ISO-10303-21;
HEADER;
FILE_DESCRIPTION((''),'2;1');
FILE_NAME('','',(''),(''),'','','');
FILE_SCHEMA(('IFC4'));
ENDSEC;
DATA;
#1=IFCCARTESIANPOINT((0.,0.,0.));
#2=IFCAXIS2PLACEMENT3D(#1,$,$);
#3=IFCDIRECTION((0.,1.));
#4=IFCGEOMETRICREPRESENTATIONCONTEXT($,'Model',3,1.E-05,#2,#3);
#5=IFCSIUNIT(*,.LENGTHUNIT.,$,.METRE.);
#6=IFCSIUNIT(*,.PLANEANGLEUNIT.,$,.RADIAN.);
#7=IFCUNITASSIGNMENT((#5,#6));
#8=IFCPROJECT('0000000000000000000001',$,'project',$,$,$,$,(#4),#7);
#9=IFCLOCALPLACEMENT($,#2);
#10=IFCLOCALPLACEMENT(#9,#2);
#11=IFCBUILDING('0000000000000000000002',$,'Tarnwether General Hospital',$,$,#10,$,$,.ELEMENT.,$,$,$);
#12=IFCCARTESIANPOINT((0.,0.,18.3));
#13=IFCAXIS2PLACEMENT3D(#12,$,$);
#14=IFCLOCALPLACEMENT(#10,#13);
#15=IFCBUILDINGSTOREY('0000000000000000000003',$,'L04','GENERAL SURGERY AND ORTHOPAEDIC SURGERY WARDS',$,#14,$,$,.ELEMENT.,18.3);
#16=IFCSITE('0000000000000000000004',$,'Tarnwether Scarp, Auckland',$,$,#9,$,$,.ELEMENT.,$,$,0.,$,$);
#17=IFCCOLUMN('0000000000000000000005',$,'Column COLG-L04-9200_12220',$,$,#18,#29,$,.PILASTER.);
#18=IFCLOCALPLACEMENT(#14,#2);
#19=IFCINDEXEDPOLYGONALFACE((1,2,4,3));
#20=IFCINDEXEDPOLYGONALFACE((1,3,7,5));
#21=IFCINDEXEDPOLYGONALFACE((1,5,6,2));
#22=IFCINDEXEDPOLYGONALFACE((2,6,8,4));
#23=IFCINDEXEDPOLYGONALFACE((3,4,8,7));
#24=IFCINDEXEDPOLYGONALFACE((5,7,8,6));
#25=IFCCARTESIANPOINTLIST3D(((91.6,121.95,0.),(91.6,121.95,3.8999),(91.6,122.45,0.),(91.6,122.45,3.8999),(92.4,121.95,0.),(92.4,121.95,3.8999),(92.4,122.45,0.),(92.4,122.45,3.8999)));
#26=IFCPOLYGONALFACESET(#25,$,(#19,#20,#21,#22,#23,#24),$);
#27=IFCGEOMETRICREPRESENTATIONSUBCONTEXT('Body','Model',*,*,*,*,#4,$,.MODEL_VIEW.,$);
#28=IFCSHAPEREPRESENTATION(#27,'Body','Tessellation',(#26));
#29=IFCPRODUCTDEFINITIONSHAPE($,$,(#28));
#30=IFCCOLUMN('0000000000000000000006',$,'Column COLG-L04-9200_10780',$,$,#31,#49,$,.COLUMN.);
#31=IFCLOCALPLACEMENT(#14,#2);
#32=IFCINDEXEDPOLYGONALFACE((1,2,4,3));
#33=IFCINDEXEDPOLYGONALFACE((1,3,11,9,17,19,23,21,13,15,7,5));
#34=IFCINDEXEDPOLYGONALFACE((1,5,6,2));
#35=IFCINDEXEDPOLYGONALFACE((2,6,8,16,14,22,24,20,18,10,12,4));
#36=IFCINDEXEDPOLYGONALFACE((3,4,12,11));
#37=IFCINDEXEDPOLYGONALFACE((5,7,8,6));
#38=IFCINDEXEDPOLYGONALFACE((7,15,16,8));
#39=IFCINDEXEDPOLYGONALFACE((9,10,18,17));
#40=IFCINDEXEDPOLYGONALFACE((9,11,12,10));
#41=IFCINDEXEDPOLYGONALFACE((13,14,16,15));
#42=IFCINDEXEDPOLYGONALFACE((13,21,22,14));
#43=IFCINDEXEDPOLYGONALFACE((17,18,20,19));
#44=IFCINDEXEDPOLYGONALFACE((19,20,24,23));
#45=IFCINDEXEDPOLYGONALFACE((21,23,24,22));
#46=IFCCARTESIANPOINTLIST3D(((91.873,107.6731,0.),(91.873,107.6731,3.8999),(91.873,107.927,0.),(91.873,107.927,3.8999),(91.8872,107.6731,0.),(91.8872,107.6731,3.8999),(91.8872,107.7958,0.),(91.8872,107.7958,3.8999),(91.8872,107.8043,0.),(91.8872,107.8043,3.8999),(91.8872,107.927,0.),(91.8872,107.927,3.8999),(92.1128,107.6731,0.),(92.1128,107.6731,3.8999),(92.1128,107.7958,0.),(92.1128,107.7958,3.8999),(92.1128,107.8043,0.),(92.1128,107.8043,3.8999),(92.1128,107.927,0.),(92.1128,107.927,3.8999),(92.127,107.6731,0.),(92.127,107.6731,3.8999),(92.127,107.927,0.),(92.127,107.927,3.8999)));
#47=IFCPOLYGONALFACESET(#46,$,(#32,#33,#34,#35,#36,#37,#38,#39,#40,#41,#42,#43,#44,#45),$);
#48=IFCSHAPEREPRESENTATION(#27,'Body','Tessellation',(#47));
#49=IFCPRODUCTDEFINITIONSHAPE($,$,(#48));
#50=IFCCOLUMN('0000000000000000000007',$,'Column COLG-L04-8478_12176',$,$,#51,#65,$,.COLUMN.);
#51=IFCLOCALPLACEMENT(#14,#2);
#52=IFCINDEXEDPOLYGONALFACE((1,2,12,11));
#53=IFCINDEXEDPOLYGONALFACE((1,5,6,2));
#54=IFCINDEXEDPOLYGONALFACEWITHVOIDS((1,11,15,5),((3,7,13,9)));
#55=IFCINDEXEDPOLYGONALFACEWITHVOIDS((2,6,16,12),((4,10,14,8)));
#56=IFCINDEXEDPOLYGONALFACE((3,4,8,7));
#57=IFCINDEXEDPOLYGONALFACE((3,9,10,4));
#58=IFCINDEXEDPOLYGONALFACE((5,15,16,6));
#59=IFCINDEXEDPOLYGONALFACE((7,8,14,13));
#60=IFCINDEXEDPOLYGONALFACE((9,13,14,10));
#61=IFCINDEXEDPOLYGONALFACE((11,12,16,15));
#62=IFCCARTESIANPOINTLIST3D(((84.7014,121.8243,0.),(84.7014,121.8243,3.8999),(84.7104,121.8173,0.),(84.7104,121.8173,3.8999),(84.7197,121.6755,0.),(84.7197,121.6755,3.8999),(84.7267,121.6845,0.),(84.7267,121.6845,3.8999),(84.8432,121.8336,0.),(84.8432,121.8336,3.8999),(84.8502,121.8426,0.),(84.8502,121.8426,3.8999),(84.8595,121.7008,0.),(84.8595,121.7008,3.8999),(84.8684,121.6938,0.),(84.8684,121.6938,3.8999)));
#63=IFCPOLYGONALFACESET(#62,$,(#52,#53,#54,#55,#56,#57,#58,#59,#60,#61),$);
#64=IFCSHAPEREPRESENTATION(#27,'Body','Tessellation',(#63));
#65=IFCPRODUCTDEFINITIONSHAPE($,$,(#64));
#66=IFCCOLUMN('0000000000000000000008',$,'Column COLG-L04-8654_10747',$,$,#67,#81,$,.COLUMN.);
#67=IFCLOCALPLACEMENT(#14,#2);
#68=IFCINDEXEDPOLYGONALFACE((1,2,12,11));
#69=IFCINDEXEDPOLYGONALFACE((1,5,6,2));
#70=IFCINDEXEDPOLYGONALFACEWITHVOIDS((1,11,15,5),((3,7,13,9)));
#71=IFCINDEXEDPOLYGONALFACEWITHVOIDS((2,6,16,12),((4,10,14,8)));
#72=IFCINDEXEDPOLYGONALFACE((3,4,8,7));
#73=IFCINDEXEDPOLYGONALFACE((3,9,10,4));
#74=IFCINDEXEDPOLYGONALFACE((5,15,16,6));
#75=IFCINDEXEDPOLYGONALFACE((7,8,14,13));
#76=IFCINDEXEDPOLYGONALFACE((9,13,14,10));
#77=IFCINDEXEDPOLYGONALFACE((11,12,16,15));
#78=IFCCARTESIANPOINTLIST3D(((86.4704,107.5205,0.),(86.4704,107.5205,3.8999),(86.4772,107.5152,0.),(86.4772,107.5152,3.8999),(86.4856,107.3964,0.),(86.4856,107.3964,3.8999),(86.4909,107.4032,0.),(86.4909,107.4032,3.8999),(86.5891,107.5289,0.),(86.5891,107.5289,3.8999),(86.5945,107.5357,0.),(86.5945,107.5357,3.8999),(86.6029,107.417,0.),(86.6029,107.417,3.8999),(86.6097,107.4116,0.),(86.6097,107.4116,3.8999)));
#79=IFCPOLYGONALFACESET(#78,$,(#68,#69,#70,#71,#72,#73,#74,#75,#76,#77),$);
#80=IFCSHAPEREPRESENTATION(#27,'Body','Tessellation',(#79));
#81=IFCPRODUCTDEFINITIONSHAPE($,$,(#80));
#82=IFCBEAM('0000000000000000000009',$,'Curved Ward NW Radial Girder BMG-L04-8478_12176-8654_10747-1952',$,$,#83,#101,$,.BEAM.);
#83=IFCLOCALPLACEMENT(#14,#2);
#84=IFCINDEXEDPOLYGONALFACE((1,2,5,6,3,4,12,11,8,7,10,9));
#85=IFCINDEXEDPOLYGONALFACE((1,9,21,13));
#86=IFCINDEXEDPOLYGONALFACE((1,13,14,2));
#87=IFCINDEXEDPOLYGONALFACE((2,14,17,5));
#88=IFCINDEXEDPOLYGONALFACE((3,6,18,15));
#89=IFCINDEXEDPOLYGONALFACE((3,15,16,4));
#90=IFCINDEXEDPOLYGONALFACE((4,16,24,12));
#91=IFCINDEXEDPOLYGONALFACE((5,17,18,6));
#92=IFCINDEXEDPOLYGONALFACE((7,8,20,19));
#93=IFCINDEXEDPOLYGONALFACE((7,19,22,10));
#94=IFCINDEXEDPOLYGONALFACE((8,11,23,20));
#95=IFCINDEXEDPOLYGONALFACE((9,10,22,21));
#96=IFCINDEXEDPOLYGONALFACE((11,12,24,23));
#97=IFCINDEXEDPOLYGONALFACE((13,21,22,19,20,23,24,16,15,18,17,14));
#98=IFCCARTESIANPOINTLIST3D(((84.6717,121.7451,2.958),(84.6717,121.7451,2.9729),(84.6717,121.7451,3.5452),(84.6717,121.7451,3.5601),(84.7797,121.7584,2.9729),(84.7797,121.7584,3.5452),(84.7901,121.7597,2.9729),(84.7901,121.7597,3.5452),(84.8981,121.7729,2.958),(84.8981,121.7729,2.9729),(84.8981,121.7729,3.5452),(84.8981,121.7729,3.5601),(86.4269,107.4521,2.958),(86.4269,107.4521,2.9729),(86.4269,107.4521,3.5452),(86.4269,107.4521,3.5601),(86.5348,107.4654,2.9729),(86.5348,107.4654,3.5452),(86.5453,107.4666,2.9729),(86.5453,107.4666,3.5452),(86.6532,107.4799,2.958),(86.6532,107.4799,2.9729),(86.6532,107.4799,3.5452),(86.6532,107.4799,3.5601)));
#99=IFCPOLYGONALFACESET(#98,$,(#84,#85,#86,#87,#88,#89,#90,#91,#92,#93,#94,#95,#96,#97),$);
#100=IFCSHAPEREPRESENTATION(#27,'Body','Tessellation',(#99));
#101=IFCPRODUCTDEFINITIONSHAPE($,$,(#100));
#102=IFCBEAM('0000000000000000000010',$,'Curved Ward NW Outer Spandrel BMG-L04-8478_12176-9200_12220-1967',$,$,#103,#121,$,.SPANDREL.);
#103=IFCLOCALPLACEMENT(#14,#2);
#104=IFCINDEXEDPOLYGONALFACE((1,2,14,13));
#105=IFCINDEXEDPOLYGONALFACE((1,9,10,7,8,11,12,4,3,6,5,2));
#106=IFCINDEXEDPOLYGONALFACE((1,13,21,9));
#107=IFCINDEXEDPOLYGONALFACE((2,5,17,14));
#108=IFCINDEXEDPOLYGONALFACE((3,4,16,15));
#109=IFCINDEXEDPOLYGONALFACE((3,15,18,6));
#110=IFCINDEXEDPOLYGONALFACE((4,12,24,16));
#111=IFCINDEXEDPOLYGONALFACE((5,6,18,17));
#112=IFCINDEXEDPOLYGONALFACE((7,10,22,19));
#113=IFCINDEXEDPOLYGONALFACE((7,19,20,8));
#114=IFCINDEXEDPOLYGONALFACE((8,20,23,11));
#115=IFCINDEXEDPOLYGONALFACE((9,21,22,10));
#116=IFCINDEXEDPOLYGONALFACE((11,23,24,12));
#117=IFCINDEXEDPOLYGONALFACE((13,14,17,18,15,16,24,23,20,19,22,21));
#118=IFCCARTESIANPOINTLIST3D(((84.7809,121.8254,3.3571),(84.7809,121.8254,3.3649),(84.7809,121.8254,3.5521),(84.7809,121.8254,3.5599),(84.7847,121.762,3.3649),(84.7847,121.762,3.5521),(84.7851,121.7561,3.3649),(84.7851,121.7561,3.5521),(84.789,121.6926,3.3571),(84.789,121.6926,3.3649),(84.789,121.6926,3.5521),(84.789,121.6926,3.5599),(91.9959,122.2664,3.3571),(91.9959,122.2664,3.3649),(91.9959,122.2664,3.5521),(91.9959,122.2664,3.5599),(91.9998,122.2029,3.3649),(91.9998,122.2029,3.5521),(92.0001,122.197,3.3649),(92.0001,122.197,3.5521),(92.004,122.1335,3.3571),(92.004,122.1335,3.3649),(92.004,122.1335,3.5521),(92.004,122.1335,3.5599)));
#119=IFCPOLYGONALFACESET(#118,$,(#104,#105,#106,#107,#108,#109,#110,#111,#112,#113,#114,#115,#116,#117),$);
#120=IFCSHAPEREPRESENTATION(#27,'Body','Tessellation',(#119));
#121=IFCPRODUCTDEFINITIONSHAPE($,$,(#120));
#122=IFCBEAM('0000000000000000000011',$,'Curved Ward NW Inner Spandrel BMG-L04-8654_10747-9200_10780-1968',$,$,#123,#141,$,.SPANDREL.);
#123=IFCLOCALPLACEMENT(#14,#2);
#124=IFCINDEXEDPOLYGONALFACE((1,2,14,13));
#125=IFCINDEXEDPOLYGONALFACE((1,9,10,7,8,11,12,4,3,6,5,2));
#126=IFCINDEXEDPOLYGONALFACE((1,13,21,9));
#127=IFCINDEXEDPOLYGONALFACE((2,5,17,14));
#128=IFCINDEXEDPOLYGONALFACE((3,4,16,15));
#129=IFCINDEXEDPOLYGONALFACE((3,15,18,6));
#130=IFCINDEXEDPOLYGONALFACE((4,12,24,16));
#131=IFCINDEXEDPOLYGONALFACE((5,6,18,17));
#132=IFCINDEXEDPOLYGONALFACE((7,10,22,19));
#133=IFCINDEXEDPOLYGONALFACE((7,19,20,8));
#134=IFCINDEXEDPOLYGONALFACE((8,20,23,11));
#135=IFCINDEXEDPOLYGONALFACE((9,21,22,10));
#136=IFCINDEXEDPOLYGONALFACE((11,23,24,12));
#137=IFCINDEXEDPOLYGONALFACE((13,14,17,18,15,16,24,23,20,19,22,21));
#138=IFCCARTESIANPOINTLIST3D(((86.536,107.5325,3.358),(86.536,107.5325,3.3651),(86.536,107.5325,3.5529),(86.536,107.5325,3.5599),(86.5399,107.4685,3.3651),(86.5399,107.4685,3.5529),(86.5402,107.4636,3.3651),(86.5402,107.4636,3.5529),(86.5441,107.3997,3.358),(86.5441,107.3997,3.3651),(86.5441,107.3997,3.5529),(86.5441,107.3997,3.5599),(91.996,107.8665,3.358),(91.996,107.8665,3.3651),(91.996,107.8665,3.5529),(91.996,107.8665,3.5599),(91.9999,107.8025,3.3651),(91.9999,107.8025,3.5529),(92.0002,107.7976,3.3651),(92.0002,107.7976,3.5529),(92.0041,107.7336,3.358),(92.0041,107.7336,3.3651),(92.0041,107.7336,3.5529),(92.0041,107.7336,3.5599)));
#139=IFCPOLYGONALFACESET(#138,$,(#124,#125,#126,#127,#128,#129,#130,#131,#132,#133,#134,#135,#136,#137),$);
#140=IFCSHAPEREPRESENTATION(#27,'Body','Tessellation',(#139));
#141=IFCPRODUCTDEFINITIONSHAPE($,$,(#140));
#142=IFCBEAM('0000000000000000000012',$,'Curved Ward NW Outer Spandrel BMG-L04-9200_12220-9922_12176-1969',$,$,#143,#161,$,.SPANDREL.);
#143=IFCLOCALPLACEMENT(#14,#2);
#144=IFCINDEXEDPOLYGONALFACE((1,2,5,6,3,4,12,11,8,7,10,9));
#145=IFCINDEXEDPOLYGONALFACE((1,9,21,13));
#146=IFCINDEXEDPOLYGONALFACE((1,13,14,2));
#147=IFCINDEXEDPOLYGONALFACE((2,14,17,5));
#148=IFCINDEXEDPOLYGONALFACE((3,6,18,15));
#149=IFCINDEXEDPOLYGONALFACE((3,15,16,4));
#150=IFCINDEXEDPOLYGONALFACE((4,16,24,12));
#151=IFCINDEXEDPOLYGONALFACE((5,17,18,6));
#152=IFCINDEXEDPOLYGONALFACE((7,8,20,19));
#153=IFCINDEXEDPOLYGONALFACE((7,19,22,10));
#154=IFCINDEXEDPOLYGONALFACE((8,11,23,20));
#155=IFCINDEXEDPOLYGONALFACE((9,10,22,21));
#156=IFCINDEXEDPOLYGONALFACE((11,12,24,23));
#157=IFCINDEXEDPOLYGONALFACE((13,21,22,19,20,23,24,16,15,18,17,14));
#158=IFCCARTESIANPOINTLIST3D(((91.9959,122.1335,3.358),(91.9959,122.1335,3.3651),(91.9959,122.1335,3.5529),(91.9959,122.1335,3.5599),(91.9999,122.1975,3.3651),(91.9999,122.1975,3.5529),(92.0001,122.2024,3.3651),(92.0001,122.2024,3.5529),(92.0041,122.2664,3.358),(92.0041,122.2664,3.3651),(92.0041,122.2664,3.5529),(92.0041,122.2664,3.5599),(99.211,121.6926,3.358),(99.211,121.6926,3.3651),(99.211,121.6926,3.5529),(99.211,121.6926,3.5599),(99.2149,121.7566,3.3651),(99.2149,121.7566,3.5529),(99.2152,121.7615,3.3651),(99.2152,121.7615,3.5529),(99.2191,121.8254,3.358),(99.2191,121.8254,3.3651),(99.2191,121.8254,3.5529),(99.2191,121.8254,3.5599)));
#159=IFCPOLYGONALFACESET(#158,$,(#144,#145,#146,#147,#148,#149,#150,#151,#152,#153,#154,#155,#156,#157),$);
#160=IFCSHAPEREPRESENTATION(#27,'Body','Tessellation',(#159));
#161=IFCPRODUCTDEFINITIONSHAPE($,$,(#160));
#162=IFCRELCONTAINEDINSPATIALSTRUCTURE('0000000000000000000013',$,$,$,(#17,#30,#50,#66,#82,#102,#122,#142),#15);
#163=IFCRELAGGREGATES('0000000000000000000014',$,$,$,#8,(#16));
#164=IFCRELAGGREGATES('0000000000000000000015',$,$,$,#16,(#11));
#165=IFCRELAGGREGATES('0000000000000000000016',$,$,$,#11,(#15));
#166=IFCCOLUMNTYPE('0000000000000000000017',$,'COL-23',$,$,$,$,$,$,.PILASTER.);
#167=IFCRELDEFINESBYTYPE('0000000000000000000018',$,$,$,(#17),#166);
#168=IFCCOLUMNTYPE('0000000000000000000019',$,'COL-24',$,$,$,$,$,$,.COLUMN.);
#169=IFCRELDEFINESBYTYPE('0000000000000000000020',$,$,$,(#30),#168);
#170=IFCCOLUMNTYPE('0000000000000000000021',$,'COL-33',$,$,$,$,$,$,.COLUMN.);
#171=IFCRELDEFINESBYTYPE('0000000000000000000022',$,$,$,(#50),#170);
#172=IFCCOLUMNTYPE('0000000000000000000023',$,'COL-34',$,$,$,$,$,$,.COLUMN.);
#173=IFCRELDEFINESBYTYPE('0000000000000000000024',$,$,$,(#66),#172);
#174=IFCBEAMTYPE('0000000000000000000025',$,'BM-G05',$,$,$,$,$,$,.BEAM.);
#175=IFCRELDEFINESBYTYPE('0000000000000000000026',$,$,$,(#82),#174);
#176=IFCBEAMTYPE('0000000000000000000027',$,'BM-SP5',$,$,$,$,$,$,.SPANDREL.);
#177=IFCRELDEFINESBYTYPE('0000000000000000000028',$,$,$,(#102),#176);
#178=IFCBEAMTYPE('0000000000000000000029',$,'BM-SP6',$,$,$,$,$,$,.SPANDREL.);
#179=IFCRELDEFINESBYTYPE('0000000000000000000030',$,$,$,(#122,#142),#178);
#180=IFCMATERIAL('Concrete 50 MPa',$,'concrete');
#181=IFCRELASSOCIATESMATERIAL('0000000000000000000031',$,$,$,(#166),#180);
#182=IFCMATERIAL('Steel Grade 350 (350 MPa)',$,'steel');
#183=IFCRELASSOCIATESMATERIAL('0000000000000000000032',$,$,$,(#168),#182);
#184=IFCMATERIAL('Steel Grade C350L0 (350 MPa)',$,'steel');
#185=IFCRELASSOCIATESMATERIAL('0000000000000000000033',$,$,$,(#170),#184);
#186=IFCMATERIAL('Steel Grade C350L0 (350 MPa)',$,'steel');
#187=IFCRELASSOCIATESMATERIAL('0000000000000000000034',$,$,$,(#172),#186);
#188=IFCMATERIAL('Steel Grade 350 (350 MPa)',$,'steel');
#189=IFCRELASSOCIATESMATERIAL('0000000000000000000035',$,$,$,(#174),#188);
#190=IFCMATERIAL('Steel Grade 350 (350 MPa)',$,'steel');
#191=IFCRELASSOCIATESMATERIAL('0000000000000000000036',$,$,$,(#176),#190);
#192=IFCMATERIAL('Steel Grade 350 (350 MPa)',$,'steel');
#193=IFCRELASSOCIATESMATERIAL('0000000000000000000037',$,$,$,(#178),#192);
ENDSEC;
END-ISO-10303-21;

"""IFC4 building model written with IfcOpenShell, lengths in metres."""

from ifc_helpers import new_model, si_unit, direction, frame, origin, origin_2d, place, context, subcontext, project, spatial, rectangle, hollow_rectangle, i_section, extrude, material, material_profile, profile_set, type_object, element, save


model = new_model("IFC4")

# Units and contexts
model_context = context("Model", 3, precision=1e-05, world=origin(), true_north=direction((0.0, 1.0)))
body_context = subcontext(model_context, "Body", "Model", "MODEL_VIEW")
ifc_project = project(units=[si_unit("LENGTHUNIT", "METRE"), si_unit("PLANEANGLEUNIT", "RADIAN")], contexts=[model_context])

# Site, building, storey
site_placement = place(None, origin())
site = spatial("IfcSite", under=ifc_project, at=site_placement, Name="Tarnwether Scarp, Auckland", CompositionType="ELEMENT", RefElevation=0.0)
building_placement = place(site_placement, origin())
building = spatial("IfcBuilding", under=site, at=building_placement, Name="Tarnwether General Hospital", CompositionType="ELEMENT")
storey_placement = place(building_placement, frame((0.0, 0.0, 18.3)))
storey = spatial("IfcBuildingStorey", under=building, at=storey_placement, Name="L04", Description="GENERAL SURGERY AND ORTHOPAEDIC SURGERY WARDS", CompositionType="ELEMENT", Elevation=18.3)

# Columns
ifc_material_1 = material(Name="Concrete 50 MPa", Category="concrete")
ifc_material_profile_1 = material_profile(ifc_material_1, rectangle(XDim=0.5, YDim=0.8, at=origin_2d()), Name="RC-PIL-500x800")
ifc_profile_set_1 = profile_set([ifc_material_profile_1], Name="Concrete 50 MPa")
column_type_1 = type_object("IfcColumnType", Name="COL-23", PredefinedType="PILASTER", material=ifc_profile_set_1)
column_1_placement = place(storey_placement, frame((92.0, 122.2, 0.0), z_axis=(0.0, 0.0, 1.0), x_axis=(0.0, 1.0, 0.0)))
element("IfcColumn", 1, at=column_1_placement, inside=storey, type_object=column_type_1, Name="Column COLG-L04-9200_12220", PredefinedType="PILASTER", context=body_context, shape_type="SweptSolid", body=[
    extrude(rectangle(XDim=0.5, YDim=0.8, at=origin_2d()), origin(), (0.0, 0.0, 1.0), 3.8999),
])
ifc_material_2 = material(Name="Steel Grade 350 (350 MPa)", Category="steel")
ifc_material_profile_2 = material_profile(ifc_material_2, i_section(OverallWidth=0.2539, OverallDepth=0.2539, WebThickness=0.0085, FlangeThickness=0.0142, at=origin_2d()), Name="250UC72.9")
ifc_profile_set_2 = profile_set([ifc_material_profile_2], Name="Steel Grade 350 (350 MPa)")
column_type_2 = type_object("IfcColumnType", Name="COL-24", PredefinedType="COLUMN", material=ifc_profile_set_2)
column_2_placement = place(storey_placement, frame((92.0, 107.8, 0.0), z_axis=(0.0, 0.0, 1.0), x_axis=(0.0, 1.0, 0.0)))
element("IfcColumn", 2, at=column_2_placement, inside=storey, type_object=column_type_2, Name="Column COLG-L04-9200_10780", PredefinedType="COLUMN", context=body_context, shape_type="SweptSolid", body=[
    extrude(i_section(OverallWidth=0.2539, OverallDepth=0.2539, WebThickness=0.0085, FlangeThickness=0.0142, at=origin_2d()), origin(), (0.0, 0.0, 1.0), 3.8999),
])
ifc_material_3 = material(Name="Steel Grade C350L0 (350 MPa)", Category="steel")
ifc_material_profile_3 = material_profile(ifc_material_3, hollow_rectangle(XDim=0.1499, YDim=0.1499, WallThickness=0.0081, at=origin_2d()), Name="SHS150x150x8")
ifc_profile_set_3 = profile_set([ifc_material_profile_3], Name="Steel Grade C350L0 (350 MPa)")
column_type_3 = type_object("IfcColumnType", Name="COL-33", PredefinedType="COLUMN", material=ifc_profile_set_3)
column_3_placement = place(storey_placement, frame((84.7849, 121.759, 0.0), z_axis=(0.0, 0.0, 1.0), x_axis=(-0.121869, 0.992546, 0.0)))
element("IfcColumn", 3, at=column_3_placement, inside=storey, type_object=column_type_3, Name="Column COLG-L04-8478_12176", PredefinedType="COLUMN", context=body_context, shape_type="SweptSolid", body=[
    extrude(hollow_rectangle(XDim=0.1499, YDim=0.1499, WallThickness=0.0081, at=origin_2d()), origin(), (0.0, 0.0, 1.0), 3.8999),
])
ifc_material_4 = material(Name="Steel Grade C350L0 (350 MPa)", Category="steel")
ifc_material_profile_4 = material_profile(ifc_material_4, hollow_rectangle(XDim=0.125, YDim=0.125, WallThickness=0.0061, at=origin_2d()), Name="SHS125x125x6")
ifc_profile_set_4 = profile_set([ifc_material_profile_4], Name="Steel Grade C350L0 (350 MPa)")
column_type_4 = type_object("IfcColumnType", Name="COL-34", PredefinedType="COLUMN", material=ifc_profile_set_4)
column_4_placement = place(storey_placement, frame((86.54, 107.4661, 0.0), z_axis=(0.0, 0.0, 1.0), x_axis=(-0.121869, 0.992546, 0.0)))
element("IfcColumn", 4, at=column_4_placement, inside=storey, type_object=column_type_4, Name="Column COLG-L04-8654_10747", PredefinedType="COLUMN", context=body_context, shape_type="SweptSolid", body=[
    extrude(hollow_rectangle(XDim=0.125, YDim=0.125, WallThickness=0.0061, at=origin_2d()), origin(), (0.0, 0.0, 1.0), 3.8999),
])

# Beams
ifc_material_5 = material(Name="Steel Grade 350 (350 MPa)", Category="steel")
ifc_material_profile_5 = material_profile(ifc_material_5, i_section(OverallWidth=0.228, OverallDepth=0.6021, WebThickness=0.0105, FlangeThickness=0.0149, at=origin_2d()), Name="610UB101")
ifc_profile_set_5 = profile_set([ifc_material_profile_5], Name="Steel Grade 350 (350 MPa)")
beam_type_1 = type_object("IfcBeamType", Name="BM-G05", PredefinedType="BEAM", material=ifc_profile_set_5)
beam_1_placement = place(storey_placement, frame((84.7849, 121.759, 3.259), z_axis=(0.121881, -0.992545, 0.0), x_axis=(0.992545, 0.121881, 0.0)))
element("IfcBeam", 5, at=beam_1_placement, inside=storey, type_object=beam_type_1, Name="Curved Ward NW Radial Girder BMG-L04-8478_12176-8654_10747-1952", PredefinedType="BEAM", context=body_context, shape_type="SweptSolid", body=[
    extrude(i_section(OverallWidth=0.228, OverallDepth=0.6021, WebThickness=0.0105, FlangeThickness=0.0149, at=origin_2d()), origin(), (0.0, 0.0, 1.0), 14.4004),
])
ifc_material_6 = material(Name="Steel Grade 350 (350 MPa)", Category="steel")
ifc_material_profile_6 = material_profile(ifc_material_6, i_section(OverallWidth=0.1331, OverallDepth=0.2029, WebThickness=0.0059, FlangeThickness=0.0078, at=origin_2d()), Name="200UB25.4")
ifc_profile_set_6 = profile_set([ifc_material_profile_6], Name="Steel Grade 350 (350 MPa)")
beam_type_2 = type_object("IfcBeamType", Name="BM-SP5", PredefinedType="SPANDREL", material=ifc_profile_set_6)
beam_2_placement = place(storey_placement, frame((84.7849, 121.759, 3.4585), z_axis=(0.998138, 0.060997, 0.0), x_axis=(-0.060997, 0.998138, 0.0)))
element("IfcBeam", 6, at=beam_2_placement, inside=storey, type_object=beam_type_2, Name="Curved Ward NW Outer Spandrel BMG-L04-8478_12176-9200_12220-1967", PredefinedType="SPANDREL", context=body_context, shape_type="SweptSolid", body=[
    extrude(i_section(OverallWidth=0.1331, OverallDepth=0.2029, WebThickness=0.0059, FlangeThickness=0.0078, at=origin_2d()), origin(), (0.0, 0.0, 1.0), 7.2285),
])
ifc_material_7 = material(Name="Steel Grade 350 (350 MPa)", Category="steel")
ifc_material_profile_7 = material_profile(ifc_material_7, i_section(OverallWidth=0.1331, OverallDepth=0.2019, WebThickness=0.0049, FlangeThickness=0.0071, at=origin_2d()), Name="200UB22.3")
ifc_profile_set_7 = profile_set([ifc_material_profile_7], Name="Steel Grade 350 (350 MPa)")
beam_type_3 = type_object("IfcBeamType", Name="BM-SP6", PredefinedType="SPANDREL", material=ifc_profile_set_7)
beam_3_placement = place(storey_placement, frame((86.54, 107.4661, 3.459), z_axis=(0.998134, 0.061056, 0.0), x_axis=(-0.061056, 0.998134, 0.0)))
element("IfcBeam", 7, at=beam_3_placement, inside=storey, type_object=beam_type_3, Name="Curved Ward NW Inner Spandrel BMG-L04-8654_10747-9200_10780-1968", PredefinedType="SPANDREL", context=body_context, shape_type="SweptSolid", body=[
    extrude(i_section(OverallWidth=0.1331, OverallDepth=0.2019, WebThickness=0.0049, FlangeThickness=0.0071, at=origin_2d()), origin(), (0.0, 0.0, 1.0), 5.4702),
])
beam_4_placement = place(storey_placement, frame((92.0, 122.2, 3.459), z_axis=(0.998138, -0.060997, 0.0), x_axis=(0.060997, 0.998138, 0.0)))
element("IfcBeam", 8, at=beam_4_placement, inside=storey, type_object=beam_type_3, Name="Curved Ward NW Outer Spandrel BMG-L04-9200_12220-9922_12176-1969", PredefinedType="SPANDREL", context=body_context, shape_type="SweptSolid", body=[
    extrude(i_section(OverallWidth=0.1331, OverallDepth=0.2019, WebThickness=0.0049, FlangeThickness=0.0071, at=origin_2d()), origin(), (0.0, 0.0, 1.0), 7.2285),
])

save(model, "model.ifc")
